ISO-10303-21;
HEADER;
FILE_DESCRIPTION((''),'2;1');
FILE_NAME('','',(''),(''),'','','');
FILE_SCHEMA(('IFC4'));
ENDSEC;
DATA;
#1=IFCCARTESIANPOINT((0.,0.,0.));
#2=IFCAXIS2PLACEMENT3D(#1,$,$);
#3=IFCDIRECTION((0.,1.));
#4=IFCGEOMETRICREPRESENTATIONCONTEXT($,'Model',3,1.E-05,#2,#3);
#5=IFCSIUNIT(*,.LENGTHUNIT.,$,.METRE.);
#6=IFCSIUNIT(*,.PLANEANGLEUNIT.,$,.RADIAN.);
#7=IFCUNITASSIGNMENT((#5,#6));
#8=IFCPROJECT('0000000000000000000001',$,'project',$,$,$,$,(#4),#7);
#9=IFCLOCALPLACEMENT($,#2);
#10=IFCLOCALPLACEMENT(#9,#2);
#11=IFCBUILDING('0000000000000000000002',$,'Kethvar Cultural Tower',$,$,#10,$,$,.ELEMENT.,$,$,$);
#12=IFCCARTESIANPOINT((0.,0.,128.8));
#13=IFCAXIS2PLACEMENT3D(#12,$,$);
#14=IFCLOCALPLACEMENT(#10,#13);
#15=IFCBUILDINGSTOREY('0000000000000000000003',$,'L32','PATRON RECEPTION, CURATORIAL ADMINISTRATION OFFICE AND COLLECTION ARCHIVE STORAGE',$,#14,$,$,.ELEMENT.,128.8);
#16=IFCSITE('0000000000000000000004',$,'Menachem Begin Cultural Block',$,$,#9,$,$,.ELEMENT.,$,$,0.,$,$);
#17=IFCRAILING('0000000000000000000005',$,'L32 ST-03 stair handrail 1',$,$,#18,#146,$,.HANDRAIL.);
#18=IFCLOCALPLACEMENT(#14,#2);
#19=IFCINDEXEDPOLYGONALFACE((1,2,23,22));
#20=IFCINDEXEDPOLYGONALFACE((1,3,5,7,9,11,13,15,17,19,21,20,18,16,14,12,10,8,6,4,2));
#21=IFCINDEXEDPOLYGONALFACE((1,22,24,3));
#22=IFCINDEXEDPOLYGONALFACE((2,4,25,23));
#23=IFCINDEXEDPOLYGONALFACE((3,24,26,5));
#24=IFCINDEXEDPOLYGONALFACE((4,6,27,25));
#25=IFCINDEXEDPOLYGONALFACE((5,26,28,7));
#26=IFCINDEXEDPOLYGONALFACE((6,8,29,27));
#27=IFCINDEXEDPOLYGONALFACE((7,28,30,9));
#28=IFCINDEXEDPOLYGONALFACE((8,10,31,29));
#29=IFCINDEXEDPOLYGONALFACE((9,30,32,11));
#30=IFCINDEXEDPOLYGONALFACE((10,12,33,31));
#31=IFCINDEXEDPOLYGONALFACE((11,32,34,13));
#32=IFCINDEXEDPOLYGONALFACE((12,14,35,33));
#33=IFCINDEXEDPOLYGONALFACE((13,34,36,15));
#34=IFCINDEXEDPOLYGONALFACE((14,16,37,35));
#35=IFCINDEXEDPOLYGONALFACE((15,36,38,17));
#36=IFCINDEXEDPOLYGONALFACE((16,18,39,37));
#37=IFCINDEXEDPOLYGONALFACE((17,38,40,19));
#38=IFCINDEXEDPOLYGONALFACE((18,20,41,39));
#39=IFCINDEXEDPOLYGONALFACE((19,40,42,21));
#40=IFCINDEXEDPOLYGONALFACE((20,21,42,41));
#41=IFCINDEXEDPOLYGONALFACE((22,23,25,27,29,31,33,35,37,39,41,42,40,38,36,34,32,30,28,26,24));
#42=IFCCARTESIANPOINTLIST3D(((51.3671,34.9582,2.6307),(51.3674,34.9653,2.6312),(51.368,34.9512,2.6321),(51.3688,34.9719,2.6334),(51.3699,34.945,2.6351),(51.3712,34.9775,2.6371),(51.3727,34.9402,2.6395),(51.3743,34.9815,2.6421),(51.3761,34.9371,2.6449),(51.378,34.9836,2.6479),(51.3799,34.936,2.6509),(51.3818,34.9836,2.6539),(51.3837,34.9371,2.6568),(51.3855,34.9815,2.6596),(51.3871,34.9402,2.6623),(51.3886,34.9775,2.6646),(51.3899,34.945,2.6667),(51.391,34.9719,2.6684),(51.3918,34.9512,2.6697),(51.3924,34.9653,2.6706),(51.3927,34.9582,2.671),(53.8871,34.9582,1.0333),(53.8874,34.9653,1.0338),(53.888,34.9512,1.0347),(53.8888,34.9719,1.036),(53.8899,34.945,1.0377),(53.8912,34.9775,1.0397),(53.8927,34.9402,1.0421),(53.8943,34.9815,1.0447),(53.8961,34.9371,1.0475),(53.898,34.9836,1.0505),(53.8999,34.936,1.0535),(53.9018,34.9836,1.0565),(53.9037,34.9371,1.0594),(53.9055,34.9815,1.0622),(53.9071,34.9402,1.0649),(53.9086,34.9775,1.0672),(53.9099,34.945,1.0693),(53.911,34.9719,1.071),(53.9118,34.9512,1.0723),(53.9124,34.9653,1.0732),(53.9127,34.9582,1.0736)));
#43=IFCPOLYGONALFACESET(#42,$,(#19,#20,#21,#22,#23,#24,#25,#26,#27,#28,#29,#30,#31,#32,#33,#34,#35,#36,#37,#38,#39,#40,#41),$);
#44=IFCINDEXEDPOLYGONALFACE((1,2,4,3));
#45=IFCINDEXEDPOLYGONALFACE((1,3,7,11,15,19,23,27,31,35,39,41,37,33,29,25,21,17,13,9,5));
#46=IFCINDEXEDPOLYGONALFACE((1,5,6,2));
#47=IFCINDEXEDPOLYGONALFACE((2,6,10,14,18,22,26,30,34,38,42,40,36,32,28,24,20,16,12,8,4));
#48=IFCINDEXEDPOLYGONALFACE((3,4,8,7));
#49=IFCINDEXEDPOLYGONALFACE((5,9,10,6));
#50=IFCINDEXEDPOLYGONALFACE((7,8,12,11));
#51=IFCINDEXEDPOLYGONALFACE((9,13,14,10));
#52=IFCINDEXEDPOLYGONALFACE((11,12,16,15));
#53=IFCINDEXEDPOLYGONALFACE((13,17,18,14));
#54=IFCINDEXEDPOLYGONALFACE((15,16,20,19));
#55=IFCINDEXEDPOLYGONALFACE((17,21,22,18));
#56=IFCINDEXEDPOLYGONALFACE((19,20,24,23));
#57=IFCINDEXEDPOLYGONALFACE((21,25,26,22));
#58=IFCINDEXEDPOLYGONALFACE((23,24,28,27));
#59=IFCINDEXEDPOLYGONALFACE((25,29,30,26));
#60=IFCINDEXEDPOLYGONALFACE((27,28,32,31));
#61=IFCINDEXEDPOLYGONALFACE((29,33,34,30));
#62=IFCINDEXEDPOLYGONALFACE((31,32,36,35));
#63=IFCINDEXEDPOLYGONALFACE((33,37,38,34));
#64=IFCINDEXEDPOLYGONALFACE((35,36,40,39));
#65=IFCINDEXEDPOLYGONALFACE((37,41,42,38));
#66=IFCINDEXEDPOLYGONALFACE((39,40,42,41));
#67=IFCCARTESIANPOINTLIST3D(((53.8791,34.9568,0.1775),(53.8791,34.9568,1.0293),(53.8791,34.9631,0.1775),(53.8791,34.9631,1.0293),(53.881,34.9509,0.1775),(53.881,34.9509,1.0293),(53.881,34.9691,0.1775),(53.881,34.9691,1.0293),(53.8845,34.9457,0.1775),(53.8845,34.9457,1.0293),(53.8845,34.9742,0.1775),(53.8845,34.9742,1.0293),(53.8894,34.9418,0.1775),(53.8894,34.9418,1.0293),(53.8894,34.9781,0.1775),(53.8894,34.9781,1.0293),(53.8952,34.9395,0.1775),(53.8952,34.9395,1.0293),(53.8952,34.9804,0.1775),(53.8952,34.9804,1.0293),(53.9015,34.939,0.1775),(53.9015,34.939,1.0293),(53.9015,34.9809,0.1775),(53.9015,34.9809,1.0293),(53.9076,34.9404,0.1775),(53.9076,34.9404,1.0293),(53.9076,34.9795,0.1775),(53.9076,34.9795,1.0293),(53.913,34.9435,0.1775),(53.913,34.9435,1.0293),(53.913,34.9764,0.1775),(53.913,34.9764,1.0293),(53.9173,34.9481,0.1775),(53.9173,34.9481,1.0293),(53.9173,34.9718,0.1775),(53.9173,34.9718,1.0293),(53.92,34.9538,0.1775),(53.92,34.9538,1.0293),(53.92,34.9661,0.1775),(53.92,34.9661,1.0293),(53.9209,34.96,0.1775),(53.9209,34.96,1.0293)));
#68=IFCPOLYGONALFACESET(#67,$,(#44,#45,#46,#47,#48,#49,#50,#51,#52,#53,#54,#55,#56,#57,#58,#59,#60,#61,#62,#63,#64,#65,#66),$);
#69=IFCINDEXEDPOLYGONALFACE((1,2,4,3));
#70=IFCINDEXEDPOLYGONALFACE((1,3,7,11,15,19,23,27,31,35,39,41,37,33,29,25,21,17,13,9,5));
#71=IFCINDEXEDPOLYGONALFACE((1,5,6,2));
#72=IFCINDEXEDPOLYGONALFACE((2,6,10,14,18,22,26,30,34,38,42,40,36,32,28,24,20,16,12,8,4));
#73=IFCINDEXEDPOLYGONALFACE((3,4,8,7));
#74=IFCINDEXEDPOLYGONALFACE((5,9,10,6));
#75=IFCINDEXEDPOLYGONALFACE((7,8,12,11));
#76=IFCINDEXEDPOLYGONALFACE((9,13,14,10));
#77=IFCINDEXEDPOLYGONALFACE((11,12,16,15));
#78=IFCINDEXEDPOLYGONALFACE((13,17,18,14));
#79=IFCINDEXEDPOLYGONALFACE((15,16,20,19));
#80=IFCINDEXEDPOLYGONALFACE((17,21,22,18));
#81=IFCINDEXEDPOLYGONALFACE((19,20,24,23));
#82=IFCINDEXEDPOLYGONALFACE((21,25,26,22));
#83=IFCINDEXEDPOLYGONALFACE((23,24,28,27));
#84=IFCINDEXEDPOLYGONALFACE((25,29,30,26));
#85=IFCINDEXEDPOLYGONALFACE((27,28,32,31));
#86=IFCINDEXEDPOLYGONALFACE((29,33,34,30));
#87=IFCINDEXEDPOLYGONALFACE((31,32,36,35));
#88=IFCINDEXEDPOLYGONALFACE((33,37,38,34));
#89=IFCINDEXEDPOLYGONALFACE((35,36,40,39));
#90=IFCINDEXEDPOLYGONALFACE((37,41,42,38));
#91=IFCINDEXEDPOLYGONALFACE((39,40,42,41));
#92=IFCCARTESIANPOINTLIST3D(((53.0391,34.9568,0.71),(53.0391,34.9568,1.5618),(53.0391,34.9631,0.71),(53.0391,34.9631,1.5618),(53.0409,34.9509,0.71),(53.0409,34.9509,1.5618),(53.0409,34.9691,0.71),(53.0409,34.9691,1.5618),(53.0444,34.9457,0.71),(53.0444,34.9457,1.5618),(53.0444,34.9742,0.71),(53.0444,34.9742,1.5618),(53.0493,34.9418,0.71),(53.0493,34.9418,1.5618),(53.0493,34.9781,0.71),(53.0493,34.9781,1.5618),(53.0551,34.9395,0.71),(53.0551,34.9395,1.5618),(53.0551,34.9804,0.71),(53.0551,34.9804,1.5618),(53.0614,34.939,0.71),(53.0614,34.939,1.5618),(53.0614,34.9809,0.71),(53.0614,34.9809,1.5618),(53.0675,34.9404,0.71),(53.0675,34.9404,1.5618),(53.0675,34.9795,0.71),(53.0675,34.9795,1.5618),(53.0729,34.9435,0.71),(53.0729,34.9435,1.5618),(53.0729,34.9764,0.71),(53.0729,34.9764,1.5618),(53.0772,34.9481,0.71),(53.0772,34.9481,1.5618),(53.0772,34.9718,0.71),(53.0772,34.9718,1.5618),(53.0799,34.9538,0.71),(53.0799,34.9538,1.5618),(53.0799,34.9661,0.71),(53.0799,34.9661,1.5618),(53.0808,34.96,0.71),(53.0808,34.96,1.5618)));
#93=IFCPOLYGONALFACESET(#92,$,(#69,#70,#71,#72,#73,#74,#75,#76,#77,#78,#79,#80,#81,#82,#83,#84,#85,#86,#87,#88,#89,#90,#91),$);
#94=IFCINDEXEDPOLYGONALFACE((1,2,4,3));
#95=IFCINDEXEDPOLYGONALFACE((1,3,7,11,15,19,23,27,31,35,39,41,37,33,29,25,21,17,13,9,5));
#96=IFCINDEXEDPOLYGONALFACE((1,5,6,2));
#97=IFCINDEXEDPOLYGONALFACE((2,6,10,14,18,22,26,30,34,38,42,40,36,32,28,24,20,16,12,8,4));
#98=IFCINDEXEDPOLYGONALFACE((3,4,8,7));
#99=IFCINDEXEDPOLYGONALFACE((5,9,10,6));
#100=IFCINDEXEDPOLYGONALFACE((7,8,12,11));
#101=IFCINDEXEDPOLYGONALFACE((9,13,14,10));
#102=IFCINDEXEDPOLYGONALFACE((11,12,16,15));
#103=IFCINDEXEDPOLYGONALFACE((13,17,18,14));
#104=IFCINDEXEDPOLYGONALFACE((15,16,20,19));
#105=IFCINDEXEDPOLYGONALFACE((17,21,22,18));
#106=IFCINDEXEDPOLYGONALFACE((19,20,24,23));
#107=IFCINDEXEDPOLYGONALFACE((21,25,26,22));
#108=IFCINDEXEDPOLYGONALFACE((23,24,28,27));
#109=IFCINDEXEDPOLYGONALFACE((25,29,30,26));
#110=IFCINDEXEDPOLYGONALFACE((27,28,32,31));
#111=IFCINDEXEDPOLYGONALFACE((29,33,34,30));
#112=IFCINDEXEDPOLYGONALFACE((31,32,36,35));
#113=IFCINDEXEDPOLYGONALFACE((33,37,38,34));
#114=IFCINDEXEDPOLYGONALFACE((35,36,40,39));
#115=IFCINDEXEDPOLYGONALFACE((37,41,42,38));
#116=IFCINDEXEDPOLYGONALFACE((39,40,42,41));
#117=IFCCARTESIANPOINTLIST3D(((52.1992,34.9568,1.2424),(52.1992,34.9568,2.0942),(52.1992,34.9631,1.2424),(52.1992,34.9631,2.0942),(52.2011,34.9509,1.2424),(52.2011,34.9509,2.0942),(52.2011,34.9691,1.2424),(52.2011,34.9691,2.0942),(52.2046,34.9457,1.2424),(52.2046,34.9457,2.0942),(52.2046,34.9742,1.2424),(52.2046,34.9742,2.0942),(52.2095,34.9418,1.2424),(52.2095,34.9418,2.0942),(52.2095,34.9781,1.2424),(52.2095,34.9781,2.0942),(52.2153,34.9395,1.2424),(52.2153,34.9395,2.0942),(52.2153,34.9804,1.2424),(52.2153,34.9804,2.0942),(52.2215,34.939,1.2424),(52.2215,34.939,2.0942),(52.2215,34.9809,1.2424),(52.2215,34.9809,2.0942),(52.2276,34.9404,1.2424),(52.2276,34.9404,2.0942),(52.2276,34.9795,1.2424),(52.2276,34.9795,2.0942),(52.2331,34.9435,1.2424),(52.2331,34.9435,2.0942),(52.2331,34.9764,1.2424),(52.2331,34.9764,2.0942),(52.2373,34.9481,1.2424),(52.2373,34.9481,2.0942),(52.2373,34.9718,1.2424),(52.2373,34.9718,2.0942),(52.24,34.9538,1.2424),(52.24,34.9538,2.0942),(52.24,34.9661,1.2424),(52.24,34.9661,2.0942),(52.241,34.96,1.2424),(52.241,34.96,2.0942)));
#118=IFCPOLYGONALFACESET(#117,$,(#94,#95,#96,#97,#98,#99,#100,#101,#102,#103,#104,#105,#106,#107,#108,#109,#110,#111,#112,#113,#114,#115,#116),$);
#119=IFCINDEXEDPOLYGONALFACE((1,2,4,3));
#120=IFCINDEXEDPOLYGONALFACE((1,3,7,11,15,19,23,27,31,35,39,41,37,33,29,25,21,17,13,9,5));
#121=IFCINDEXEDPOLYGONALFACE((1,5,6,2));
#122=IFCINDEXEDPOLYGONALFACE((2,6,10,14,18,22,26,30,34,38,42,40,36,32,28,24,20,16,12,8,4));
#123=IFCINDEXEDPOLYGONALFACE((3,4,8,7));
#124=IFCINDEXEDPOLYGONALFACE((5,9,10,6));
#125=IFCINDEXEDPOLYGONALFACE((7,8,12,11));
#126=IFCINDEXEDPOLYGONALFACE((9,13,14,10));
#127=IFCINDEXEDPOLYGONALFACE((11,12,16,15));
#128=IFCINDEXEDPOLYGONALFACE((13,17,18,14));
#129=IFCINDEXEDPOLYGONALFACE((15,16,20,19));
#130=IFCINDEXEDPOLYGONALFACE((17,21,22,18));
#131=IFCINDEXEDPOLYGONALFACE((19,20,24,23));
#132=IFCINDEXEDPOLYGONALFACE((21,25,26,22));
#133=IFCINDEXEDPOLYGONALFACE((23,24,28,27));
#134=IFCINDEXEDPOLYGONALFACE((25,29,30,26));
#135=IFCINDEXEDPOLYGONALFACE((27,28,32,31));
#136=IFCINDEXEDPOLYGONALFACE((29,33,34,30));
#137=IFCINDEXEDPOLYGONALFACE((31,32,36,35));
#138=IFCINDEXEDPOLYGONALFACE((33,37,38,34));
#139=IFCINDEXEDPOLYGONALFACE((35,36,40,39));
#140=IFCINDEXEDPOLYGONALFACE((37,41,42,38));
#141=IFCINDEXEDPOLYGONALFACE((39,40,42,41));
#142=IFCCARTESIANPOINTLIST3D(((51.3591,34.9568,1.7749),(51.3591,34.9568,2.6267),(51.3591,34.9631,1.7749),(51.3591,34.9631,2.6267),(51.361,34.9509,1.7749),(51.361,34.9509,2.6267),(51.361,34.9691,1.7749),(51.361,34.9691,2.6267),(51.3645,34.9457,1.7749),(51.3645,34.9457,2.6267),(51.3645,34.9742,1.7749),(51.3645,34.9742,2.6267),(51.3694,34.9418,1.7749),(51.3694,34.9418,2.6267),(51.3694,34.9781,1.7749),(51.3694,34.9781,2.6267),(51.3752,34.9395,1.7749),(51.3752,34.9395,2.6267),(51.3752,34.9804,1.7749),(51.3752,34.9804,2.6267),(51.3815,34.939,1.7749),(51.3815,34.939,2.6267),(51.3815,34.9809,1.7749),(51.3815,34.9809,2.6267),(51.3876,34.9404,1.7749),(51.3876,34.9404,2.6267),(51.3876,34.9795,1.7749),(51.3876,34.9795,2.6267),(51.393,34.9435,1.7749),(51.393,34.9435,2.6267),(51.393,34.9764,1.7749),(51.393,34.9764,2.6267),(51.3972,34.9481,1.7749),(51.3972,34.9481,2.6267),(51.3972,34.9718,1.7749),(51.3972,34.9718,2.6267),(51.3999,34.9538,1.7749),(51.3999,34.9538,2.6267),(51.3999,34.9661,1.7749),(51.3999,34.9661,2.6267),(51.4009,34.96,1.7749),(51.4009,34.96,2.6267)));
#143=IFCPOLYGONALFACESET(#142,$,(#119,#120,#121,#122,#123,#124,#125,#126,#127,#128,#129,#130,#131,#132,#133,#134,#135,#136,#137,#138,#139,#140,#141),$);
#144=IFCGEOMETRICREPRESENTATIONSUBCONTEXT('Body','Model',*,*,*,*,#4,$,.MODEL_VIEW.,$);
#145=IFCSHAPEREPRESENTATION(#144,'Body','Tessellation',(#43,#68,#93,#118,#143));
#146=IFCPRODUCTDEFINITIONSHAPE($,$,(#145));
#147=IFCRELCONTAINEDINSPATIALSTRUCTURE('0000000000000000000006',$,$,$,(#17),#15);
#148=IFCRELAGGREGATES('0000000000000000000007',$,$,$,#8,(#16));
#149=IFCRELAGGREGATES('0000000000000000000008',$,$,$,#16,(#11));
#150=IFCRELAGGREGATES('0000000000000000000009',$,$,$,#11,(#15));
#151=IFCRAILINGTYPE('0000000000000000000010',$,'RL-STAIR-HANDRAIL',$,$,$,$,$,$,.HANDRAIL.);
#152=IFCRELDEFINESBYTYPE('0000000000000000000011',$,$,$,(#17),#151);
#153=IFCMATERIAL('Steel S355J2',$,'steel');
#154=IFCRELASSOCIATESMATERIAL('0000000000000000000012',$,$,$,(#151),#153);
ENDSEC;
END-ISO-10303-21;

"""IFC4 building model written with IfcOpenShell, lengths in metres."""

from ifc_helpers import new_model, si_unit, direction, frame, origin, origin_2d, place, context, subcontext, project, spatial, circle, extrude, material, type_object, element, save


model = new_model("IFC4")

# Units and contexts
model_context = context("Model", 3, precision=1e-05, world=origin(), true_north=direction((0.0, 1.0)))
body_context = subcontext(model_context, "Body", "Model", "MODEL_VIEW")
ifc_project = project(units=[si_unit("LENGTHUNIT", "METRE"), si_unit("PLANEANGLEUNIT", "RADIAN")], contexts=[model_context])

# Site, building, storey
site_placement = place(None, origin())
site = spatial("IfcSite", under=ifc_project, at=site_placement, Name="Menachem Begin Cultural Block", CompositionType="ELEMENT", RefElevation=0.0)
building_placement = place(site_placement, origin())
building = spatial("IfcBuilding", under=site, at=building_placement, Name="Kethvar Cultural Tower", CompositionType="ELEMENT")
storey_placement = place(building_placement, frame((0.0, 0.0, 128.8)))
storey = spatial("IfcBuildingStorey", under=building, at=storey_placement, Name="L32", Description="PATRON RECEPTION, CURATORIAL ADMINISTRATION OFFICE AND COLLECTION ARCHIVE STORAGE", CompositionType="ELEMENT", Elevation=128.8)

# Shared definitions
ifc_material_1 = material(Name="Steel S355J2", Category="steel")

# Railing
railing_type_1 = type_object("IfcRailingType", Name="RL-STAIR-HANDRAIL", PredefinedType="HANDRAIL", material=ifc_material_1)
railing_1_placement = place(storey_placement, frame((53.8999, 34.96, 0.1775)))
element("IfcRailing", 1, at=railing_1_placement, inside=storey, type_object=railing_type_1, Name="L32 ST-03 stair handrail 1", PredefinedType="HANDRAIL", context=body_context, shape_type="SweptSolid", body=[
    extrude(circle(Radius=0.0239, at=origin_2d()), frame((0.0, 0.0, 0.876), z_axis=(-0.844607, 0.0, 0.535387), x_axis=(0.0, -1.0, 0.0)), (0.0, 0.0, 1.0), 2.9836),
    extrude(circle(Radius=0.021, at=origin_2d()), origin(), (0.0, 0.0, 1.0), 0.8518),
    extrude(circle(Radius=0.021, at=origin_2d()), frame((-0.8401, 0.0, 0.5325)), (0.0, 0.0, 1.0), 0.8518),
    extrude(circle(Radius=0.021, at=origin_2d()), frame((-1.6799, 0.0, 1.0649)), (0.0, 0.0, 1.0), 0.8518),
    extrude(circle(Radius=0.021, at=origin_2d()), frame((-2.52, 0.0, 1.5974)), (0.0, 0.0, 1.0), 0.8518),
])

save(model, "model.ifc")
